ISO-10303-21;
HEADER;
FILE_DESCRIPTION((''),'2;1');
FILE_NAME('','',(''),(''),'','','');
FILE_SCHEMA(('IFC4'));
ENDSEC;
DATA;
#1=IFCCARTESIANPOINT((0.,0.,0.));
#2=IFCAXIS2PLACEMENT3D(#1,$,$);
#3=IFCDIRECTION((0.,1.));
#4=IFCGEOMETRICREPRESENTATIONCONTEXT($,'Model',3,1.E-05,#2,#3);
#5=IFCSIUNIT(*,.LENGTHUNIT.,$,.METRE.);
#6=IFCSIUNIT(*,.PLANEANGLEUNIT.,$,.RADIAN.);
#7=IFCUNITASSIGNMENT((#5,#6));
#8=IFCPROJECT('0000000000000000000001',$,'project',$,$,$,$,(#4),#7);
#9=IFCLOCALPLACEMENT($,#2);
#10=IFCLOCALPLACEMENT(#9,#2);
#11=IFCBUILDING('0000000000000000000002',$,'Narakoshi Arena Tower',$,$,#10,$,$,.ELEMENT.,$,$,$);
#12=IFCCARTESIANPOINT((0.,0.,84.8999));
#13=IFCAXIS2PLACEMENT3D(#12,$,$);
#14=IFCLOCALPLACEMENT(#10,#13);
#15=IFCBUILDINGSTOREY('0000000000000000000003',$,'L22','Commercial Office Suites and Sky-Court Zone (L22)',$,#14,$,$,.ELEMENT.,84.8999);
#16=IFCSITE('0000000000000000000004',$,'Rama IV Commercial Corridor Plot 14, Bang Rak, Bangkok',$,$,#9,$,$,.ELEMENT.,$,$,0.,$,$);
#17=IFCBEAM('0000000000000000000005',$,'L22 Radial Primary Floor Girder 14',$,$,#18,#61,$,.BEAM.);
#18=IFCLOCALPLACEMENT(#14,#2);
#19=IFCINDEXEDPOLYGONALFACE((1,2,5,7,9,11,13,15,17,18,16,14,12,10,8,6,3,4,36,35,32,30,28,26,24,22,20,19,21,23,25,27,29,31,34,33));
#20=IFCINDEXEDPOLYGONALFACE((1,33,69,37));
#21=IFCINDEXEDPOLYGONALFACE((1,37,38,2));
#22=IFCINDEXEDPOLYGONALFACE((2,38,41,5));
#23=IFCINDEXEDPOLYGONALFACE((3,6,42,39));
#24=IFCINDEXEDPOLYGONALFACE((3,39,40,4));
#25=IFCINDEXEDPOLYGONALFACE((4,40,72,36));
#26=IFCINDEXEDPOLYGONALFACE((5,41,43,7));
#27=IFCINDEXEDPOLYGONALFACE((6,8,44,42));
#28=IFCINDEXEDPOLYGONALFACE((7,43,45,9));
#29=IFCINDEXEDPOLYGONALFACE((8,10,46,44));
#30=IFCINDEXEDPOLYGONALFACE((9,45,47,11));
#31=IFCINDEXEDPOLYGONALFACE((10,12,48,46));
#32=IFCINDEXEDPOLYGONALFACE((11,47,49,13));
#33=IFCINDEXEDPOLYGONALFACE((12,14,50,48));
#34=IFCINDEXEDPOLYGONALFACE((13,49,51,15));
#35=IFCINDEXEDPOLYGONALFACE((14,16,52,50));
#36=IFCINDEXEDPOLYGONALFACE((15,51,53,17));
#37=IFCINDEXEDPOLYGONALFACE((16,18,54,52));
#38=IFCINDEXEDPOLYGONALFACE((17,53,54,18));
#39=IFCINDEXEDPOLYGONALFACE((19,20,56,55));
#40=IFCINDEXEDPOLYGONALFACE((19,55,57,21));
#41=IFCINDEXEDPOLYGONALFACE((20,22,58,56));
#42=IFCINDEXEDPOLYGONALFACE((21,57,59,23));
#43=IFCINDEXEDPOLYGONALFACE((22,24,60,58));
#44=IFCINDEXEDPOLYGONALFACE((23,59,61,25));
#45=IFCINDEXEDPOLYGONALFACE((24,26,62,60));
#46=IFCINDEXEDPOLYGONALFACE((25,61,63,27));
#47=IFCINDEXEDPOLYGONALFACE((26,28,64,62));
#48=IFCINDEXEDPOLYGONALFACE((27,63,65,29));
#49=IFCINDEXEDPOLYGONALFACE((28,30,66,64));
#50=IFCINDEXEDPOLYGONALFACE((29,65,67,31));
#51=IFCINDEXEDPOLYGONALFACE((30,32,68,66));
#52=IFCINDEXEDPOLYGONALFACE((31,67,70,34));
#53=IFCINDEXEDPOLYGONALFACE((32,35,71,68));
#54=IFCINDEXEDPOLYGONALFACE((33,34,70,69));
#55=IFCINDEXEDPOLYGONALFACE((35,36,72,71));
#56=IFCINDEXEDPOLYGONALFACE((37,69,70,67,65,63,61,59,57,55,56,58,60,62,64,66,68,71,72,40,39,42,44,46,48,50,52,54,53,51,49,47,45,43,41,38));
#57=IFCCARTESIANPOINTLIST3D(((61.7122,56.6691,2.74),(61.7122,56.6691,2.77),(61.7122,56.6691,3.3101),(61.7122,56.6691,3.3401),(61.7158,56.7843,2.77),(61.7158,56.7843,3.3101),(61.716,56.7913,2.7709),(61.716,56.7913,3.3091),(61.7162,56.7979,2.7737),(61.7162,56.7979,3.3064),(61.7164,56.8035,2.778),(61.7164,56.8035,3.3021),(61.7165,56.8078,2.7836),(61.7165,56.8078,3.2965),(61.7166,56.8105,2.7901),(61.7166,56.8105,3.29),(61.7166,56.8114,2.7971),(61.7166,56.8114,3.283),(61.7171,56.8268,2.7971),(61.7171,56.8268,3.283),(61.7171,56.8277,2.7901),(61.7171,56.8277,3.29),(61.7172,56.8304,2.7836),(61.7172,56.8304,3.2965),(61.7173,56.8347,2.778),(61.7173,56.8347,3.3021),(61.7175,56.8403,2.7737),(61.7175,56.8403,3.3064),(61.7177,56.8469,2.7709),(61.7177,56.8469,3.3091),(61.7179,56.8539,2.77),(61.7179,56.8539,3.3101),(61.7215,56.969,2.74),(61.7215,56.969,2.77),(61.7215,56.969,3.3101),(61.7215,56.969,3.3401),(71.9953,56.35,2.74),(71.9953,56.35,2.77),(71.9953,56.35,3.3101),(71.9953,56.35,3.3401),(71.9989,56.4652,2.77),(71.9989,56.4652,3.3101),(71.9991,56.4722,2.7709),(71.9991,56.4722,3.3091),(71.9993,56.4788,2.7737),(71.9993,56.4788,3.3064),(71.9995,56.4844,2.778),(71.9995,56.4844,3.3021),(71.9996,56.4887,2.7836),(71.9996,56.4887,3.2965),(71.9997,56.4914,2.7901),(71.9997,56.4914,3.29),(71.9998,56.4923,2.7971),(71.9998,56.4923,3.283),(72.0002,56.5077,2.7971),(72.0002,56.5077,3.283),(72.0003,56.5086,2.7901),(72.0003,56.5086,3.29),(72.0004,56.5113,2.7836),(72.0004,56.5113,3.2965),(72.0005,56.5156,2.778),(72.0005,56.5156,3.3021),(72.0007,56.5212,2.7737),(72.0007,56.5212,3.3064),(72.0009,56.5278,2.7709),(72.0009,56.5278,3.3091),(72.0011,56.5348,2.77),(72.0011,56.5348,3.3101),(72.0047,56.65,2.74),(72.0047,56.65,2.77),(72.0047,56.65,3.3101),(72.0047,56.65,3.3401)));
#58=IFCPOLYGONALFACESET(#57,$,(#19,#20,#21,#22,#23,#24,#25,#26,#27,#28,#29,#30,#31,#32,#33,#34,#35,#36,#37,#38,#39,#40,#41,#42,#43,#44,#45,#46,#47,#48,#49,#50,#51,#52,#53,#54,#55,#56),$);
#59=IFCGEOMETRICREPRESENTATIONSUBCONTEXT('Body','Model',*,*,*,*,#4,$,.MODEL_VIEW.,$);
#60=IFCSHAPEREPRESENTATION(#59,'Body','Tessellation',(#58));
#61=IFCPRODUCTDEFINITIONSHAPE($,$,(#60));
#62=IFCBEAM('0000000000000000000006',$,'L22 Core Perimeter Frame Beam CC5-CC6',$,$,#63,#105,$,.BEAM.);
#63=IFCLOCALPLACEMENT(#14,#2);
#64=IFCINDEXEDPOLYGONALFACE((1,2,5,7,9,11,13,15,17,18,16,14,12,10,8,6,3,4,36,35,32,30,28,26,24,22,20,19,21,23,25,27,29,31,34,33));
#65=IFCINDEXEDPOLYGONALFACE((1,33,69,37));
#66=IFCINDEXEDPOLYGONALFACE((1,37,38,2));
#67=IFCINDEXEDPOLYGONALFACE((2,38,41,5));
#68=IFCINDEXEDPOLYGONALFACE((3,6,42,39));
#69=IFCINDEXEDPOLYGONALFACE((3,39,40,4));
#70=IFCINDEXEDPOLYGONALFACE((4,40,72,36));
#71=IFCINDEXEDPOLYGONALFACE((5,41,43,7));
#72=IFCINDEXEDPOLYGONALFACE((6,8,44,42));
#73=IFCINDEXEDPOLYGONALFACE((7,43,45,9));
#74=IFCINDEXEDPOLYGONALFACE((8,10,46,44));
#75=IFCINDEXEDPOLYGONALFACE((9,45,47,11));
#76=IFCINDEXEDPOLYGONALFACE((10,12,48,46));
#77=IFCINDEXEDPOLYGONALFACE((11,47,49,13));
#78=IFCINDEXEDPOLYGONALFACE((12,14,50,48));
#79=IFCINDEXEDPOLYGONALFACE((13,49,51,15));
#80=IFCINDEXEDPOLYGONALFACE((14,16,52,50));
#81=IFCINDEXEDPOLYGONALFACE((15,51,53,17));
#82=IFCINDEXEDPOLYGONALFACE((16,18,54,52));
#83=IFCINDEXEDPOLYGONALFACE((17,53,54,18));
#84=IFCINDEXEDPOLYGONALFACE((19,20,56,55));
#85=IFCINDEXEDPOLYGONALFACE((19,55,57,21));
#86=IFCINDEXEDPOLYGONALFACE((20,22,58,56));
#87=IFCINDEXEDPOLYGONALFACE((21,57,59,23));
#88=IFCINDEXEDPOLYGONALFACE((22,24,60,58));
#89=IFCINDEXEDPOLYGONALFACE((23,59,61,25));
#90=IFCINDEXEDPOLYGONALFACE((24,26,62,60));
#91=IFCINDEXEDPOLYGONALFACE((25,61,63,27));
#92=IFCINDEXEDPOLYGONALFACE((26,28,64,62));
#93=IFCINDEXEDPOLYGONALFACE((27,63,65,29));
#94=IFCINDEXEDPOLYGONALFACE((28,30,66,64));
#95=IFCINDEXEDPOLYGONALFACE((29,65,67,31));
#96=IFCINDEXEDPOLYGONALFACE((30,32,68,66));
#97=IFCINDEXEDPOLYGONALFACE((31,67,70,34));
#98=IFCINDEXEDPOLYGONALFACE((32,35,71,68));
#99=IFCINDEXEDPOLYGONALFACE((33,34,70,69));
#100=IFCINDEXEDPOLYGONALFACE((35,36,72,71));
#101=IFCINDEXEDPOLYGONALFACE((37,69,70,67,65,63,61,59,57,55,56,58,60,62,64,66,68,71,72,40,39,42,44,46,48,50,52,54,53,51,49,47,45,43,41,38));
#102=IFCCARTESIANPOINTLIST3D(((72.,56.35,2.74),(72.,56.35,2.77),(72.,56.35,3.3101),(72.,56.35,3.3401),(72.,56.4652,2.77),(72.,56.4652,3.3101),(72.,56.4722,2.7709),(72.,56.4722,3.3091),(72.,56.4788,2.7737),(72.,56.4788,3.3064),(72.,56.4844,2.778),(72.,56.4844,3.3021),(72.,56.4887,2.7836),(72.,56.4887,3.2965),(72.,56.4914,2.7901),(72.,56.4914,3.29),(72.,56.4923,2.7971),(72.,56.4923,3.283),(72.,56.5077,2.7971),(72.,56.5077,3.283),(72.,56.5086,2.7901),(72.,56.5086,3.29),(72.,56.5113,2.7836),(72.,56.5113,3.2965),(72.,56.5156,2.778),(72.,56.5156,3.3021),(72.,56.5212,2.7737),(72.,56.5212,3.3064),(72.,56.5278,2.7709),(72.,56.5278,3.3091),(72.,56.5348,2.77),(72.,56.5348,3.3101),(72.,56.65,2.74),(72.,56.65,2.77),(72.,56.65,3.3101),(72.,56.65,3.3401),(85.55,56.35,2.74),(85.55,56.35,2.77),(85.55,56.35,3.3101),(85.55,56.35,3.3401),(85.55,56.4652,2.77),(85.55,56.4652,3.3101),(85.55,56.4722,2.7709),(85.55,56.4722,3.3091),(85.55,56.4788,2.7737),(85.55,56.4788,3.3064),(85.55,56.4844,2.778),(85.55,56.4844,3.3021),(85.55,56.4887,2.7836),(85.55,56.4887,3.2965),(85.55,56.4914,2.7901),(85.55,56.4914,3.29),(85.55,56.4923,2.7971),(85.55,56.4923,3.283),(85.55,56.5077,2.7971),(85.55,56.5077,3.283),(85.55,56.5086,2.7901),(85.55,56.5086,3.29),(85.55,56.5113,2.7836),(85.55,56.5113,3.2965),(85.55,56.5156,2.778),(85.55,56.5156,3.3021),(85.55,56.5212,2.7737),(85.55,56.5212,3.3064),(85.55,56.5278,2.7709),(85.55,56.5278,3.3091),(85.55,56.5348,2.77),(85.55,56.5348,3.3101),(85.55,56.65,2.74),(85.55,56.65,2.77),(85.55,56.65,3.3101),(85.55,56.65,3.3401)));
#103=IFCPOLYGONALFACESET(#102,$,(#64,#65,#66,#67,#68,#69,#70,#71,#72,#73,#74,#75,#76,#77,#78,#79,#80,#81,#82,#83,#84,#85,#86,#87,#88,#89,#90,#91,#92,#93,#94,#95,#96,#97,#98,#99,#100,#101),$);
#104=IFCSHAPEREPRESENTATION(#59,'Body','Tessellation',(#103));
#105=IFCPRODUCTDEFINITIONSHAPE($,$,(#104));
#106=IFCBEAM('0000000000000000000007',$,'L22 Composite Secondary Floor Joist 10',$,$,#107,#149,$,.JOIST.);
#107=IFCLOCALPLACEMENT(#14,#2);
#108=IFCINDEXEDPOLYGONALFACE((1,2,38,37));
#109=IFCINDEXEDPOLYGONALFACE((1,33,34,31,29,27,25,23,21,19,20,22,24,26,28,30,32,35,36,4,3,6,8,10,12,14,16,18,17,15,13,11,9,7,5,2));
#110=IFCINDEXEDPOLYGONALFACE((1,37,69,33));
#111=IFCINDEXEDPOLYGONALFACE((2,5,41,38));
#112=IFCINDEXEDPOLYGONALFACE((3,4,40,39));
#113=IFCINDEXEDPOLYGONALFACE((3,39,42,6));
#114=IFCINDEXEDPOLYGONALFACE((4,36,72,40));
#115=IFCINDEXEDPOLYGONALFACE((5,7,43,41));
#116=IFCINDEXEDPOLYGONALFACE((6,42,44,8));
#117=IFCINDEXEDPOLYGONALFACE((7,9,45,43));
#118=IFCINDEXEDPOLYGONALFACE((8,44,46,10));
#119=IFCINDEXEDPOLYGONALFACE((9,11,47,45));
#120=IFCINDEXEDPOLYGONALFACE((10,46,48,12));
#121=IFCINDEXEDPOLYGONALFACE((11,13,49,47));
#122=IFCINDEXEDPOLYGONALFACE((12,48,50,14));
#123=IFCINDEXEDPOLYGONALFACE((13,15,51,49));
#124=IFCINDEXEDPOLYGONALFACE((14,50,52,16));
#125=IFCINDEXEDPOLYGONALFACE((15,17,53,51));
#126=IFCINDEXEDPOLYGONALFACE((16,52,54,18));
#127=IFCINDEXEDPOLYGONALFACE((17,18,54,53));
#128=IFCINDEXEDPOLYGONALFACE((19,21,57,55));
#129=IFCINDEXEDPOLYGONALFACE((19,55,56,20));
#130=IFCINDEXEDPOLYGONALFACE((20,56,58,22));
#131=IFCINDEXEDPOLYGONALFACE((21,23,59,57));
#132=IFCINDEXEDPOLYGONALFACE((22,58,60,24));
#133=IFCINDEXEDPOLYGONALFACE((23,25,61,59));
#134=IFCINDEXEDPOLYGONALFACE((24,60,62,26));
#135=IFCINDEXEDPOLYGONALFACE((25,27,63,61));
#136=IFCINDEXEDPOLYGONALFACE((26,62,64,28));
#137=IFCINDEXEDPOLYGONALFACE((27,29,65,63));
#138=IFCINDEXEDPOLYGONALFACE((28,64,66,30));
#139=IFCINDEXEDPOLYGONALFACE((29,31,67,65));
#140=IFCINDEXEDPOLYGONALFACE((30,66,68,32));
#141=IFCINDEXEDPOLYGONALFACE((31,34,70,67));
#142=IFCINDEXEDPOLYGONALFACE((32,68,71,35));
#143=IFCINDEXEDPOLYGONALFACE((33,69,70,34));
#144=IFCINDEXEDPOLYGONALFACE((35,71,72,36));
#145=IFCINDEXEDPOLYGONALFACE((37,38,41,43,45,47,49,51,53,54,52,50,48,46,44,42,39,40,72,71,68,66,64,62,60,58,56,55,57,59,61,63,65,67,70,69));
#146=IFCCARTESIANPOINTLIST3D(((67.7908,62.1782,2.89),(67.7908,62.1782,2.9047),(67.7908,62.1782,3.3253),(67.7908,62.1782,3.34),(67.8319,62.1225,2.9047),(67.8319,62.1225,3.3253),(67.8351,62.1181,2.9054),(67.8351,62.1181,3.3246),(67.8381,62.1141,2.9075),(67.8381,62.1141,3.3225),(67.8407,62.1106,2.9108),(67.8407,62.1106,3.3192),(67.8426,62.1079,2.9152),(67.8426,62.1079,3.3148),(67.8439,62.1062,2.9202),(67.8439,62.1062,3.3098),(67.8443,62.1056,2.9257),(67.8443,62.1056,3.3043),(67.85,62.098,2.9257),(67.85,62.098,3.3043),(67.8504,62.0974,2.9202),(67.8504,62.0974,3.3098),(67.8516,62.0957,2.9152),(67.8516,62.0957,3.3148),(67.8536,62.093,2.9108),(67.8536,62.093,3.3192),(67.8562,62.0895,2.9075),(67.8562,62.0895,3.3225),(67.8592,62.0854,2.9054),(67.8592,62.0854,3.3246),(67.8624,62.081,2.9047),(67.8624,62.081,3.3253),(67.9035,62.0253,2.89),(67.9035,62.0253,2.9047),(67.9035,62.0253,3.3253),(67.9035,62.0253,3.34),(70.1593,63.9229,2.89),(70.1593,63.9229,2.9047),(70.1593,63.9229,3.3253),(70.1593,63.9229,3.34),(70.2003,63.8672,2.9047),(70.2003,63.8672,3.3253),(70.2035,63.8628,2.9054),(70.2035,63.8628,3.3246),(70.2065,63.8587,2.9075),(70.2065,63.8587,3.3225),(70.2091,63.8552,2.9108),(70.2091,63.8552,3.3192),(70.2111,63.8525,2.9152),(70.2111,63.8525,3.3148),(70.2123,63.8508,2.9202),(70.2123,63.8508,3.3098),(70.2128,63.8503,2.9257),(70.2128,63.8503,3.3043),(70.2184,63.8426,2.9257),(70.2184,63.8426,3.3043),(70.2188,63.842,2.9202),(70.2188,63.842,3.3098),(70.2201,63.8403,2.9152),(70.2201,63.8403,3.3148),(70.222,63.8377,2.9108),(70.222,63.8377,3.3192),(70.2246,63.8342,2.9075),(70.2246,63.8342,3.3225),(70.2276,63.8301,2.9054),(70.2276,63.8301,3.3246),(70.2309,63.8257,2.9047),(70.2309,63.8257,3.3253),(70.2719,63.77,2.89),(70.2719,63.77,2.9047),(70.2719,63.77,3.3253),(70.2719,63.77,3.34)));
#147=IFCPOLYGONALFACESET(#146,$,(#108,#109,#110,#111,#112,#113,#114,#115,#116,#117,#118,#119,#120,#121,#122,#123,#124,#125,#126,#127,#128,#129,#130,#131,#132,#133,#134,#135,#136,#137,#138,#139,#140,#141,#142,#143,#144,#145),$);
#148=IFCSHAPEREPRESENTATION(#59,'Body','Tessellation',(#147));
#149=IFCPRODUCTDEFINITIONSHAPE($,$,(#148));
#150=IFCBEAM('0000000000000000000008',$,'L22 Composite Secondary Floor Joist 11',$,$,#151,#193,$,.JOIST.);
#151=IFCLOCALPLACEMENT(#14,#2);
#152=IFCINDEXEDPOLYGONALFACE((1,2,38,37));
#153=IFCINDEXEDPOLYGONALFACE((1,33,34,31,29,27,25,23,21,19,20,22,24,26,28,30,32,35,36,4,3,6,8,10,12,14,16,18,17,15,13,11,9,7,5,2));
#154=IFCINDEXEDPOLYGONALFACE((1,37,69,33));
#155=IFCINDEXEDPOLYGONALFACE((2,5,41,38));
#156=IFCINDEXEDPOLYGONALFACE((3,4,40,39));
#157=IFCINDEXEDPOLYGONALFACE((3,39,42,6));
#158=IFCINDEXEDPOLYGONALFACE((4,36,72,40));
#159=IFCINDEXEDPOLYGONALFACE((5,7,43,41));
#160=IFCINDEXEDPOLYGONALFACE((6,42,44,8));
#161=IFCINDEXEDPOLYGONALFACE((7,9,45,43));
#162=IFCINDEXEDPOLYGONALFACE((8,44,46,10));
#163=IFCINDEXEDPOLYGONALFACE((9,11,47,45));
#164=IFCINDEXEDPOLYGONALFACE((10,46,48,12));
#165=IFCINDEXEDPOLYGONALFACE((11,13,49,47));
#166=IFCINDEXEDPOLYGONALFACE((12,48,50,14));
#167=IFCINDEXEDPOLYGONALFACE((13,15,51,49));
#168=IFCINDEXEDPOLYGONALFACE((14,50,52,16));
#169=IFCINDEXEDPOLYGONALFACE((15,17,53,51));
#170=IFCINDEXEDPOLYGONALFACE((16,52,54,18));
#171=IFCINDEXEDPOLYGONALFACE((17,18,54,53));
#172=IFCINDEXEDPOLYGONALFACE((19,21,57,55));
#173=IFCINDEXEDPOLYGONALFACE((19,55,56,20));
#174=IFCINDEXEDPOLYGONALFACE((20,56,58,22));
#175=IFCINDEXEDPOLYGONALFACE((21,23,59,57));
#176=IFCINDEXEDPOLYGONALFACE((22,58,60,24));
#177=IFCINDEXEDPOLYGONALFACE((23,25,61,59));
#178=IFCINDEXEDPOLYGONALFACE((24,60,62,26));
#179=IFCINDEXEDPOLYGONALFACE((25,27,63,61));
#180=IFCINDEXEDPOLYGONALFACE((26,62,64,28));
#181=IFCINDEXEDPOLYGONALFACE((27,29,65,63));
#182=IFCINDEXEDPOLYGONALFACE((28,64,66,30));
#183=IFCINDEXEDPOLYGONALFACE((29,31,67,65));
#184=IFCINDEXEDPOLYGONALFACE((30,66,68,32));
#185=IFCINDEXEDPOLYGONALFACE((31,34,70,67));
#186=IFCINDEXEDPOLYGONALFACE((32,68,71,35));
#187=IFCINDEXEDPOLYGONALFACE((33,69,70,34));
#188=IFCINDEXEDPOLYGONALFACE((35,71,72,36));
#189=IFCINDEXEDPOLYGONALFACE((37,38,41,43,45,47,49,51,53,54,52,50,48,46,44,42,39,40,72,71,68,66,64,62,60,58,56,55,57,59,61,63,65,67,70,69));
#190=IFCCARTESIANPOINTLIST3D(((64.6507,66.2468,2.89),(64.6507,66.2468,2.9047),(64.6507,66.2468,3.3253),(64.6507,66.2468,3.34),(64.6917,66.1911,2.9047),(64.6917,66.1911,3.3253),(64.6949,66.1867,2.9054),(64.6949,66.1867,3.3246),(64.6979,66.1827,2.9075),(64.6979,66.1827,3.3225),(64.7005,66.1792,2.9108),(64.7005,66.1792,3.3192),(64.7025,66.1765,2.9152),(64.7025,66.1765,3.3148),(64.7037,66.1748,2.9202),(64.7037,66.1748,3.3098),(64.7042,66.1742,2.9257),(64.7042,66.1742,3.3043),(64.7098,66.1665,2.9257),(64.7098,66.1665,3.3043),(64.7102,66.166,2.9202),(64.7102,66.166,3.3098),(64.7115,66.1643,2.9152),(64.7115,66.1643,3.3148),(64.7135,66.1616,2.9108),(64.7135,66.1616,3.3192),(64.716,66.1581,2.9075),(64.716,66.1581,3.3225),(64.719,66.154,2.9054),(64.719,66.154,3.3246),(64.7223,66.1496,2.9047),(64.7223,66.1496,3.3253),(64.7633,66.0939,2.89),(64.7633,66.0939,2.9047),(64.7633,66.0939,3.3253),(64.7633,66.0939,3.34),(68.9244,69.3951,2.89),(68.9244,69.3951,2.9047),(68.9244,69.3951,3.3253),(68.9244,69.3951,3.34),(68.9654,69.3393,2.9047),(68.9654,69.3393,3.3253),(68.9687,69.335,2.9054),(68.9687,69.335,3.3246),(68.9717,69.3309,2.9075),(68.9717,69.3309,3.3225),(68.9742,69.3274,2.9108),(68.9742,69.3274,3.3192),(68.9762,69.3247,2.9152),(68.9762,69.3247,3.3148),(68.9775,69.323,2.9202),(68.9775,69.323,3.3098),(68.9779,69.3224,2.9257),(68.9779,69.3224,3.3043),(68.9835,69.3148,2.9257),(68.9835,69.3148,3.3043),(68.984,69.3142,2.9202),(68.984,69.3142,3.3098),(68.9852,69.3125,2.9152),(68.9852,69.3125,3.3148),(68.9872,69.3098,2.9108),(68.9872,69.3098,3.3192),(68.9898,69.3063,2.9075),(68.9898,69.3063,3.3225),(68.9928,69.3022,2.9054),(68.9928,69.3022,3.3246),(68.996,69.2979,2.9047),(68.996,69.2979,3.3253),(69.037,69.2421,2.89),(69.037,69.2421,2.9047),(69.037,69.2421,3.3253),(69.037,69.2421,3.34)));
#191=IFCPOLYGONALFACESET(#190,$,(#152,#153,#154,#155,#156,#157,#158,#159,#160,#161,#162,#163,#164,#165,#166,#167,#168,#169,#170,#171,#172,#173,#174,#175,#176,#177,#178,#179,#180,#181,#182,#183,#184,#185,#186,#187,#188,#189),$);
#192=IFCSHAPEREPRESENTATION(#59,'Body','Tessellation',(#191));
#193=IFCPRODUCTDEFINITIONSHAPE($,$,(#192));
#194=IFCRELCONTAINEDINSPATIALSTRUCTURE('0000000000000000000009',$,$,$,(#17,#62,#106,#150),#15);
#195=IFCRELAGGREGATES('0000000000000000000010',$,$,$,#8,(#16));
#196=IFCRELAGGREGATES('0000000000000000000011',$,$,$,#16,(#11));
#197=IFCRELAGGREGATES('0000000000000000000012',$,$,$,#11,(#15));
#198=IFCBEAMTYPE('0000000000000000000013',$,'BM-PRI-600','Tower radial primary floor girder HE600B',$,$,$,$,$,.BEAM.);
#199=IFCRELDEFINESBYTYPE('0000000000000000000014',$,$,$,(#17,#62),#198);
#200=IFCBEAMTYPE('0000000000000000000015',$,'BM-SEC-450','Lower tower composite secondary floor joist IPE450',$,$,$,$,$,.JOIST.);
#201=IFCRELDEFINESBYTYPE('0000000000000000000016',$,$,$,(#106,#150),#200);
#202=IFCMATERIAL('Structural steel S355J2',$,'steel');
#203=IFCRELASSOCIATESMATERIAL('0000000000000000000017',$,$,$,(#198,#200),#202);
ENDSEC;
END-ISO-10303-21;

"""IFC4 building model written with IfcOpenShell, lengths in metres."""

from ifc_helpers import new_model, si_unit, direction, frame, origin, origin_2d, place, context, subcontext, project, spatial, i_section, extrude, material, material_profile, profile_set, type_object, element, save


model = new_model("IFC4")

# Units and contexts
model_context = context("Model", 3, precision=1e-05, world=origin(), true_north=direction((0.0, 1.0)))
body_context = subcontext(model_context, "Body", "Model", "MODEL_VIEW")
ifc_project = project(units=[si_unit("LENGTHUNIT", "METRE"), si_unit("PLANEANGLEUNIT", "RADIAN")], contexts=[model_context])

# Site, building, storey
site_placement = place(None, origin())
site = spatial("IfcSite", under=ifc_project, at=site_placement, Name="Rama IV Commercial Corridor Plot 14, Bang Rak, Bangkok", CompositionType="ELEMENT", RefElevation=0.0)
building_placement = place(site_placement, origin())
building = spatial("IfcBuilding", under=site, at=building_placement, Name="Narakoshi Arena Tower", CompositionType="ELEMENT")
storey_placement = place(building_placement, frame((0.0, 0.0, 84.8999)))
storey = spatial("IfcBuildingStorey", under=building, at=storey_placement, Name="L22", Description="Commercial Office Suites and Sky-Court Zone (L22)", CompositionType="ELEMENT", Elevation=84.8999)

# Beams
ifc_material_1 = material(Name="Structural steel S355J2", Category="steel")
ifc_material_profile_1 = material_profile(ifc_material_1, i_section(OverallWidth=0.3, OverallDepth=0.6001, WebThickness=0.0154, FlangeThickness=0.03, FilletRadius=0.0271, at=origin_2d()), Name="HE600B")
ifc_profile_set_1 = profile_set([ifc_material_profile_1], Name="Structural steel S355J2")
beam_type_1 = type_object("IfcBeamType", Name="BM-PRI-600", Description="Tower radial primary floor girder HE600B", PredefinedType="BEAM", material=ifc_profile_set_1)
beam_1_placement = place(storey_placement, frame((72.0, 56.5, 3.04), z_axis=(-0.999519, 0.031015, 0.0), x_axis=(-0.031015, -0.999519, 0.0)))
element("IfcBeam", 1, at=beam_1_placement, inside=storey, type_object=beam_type_1, Name="L22 Radial Primary Floor Girder 14", PredefinedType="BEAM", context=body_context, shape_type="SweptSolid", body=[
    extrude(i_section(OverallWidth=0.3, OverallDepth=0.6001, WebThickness=0.0154, FlangeThickness=0.03, FilletRadius=0.0271, at=origin_2d()), origin(), (0.0, 0.0, 1.0), 10.2881),
])
beam_2_placement = place(storey_placement, frame((72.0, 56.5, 3.04), z_axis=(1.0, 0.0, 0.0), x_axis=(0.0, 1.0, 0.0)))
element("IfcBeam", 2, at=beam_2_placement, inside=storey, type_object=beam_type_1, Name="L22 Core Perimeter Frame Beam CC5-CC6", PredefinedType="BEAM", context=body_context, shape_type="SweptSolid", body=[
    extrude(i_section(OverallWidth=0.3, OverallDepth=0.6001, WebThickness=0.0154, FlangeThickness=0.03, FilletRadius=0.0271, at=origin_2d()), origin(), (0.0, 0.0, 1.0), 13.55),
])
ifc_material_profile_2 = material_profile(ifc_material_1, i_section(OverallWidth=0.1899, OverallDepth=0.45, WebThickness=0.0095, FlangeThickness=0.0146, FilletRadius=0.021, at=origin_2d()), Name="IPE450")
ifc_profile_set_2 = profile_set([ifc_material_profile_2], Name="Structural steel S355J2")
beam_type_2 = type_object("IfcBeamType", Name="BM-SEC-450", Description="Lower tower composite secondary floor joist IPE450", PredefinedType="JOIST", material=ifc_profile_set_2)
beam_3_placement = place(storey_placement, frame((70.2156, 63.8464, 3.115), z_axis=(-0.805139, -0.593086, 0.0), x_axis=(0.593086, -0.805139, 0.0)))
element("IfcBeam", 3, at=beam_3_placement, inside=storey, type_object=beam_type_2, Name="L22 Composite Secondary Floor Joist 10", PredefinedType="JOIST", context=body_context, shape_type="SweptSolid", body=[
    extrude(i_section(OverallWidth=0.1899, OverallDepth=0.45, WebThickness=0.0095, FlangeThickness=0.0146, FilletRadius=0.021, at=origin_2d()), origin(), (0.0, 0.0, 1.0), 2.9417),
])
beam_4_placement = place(storey_placement, frame((68.9807, 69.3186, 3.115), z_axis=(-0.805131, -0.593097, 0.0), x_axis=(0.593097, -0.805131, 0.0)))
element("IfcBeam", 4, at=beam_4_placement, inside=storey, type_object=beam_type_2, Name="L22 Composite Secondary Floor Joist 11", PredefinedType="JOIST", context=body_context, shape_type="SweptSolid", body=[
    extrude(i_section(OverallWidth=0.1899, OverallDepth=0.45, WebThickness=0.0095, FlangeThickness=0.0146, FilletRadius=0.021, at=origin_2d()), origin(), (0.0, 0.0, 1.0), 5.3081),
])

save(model, "model.ifc")
